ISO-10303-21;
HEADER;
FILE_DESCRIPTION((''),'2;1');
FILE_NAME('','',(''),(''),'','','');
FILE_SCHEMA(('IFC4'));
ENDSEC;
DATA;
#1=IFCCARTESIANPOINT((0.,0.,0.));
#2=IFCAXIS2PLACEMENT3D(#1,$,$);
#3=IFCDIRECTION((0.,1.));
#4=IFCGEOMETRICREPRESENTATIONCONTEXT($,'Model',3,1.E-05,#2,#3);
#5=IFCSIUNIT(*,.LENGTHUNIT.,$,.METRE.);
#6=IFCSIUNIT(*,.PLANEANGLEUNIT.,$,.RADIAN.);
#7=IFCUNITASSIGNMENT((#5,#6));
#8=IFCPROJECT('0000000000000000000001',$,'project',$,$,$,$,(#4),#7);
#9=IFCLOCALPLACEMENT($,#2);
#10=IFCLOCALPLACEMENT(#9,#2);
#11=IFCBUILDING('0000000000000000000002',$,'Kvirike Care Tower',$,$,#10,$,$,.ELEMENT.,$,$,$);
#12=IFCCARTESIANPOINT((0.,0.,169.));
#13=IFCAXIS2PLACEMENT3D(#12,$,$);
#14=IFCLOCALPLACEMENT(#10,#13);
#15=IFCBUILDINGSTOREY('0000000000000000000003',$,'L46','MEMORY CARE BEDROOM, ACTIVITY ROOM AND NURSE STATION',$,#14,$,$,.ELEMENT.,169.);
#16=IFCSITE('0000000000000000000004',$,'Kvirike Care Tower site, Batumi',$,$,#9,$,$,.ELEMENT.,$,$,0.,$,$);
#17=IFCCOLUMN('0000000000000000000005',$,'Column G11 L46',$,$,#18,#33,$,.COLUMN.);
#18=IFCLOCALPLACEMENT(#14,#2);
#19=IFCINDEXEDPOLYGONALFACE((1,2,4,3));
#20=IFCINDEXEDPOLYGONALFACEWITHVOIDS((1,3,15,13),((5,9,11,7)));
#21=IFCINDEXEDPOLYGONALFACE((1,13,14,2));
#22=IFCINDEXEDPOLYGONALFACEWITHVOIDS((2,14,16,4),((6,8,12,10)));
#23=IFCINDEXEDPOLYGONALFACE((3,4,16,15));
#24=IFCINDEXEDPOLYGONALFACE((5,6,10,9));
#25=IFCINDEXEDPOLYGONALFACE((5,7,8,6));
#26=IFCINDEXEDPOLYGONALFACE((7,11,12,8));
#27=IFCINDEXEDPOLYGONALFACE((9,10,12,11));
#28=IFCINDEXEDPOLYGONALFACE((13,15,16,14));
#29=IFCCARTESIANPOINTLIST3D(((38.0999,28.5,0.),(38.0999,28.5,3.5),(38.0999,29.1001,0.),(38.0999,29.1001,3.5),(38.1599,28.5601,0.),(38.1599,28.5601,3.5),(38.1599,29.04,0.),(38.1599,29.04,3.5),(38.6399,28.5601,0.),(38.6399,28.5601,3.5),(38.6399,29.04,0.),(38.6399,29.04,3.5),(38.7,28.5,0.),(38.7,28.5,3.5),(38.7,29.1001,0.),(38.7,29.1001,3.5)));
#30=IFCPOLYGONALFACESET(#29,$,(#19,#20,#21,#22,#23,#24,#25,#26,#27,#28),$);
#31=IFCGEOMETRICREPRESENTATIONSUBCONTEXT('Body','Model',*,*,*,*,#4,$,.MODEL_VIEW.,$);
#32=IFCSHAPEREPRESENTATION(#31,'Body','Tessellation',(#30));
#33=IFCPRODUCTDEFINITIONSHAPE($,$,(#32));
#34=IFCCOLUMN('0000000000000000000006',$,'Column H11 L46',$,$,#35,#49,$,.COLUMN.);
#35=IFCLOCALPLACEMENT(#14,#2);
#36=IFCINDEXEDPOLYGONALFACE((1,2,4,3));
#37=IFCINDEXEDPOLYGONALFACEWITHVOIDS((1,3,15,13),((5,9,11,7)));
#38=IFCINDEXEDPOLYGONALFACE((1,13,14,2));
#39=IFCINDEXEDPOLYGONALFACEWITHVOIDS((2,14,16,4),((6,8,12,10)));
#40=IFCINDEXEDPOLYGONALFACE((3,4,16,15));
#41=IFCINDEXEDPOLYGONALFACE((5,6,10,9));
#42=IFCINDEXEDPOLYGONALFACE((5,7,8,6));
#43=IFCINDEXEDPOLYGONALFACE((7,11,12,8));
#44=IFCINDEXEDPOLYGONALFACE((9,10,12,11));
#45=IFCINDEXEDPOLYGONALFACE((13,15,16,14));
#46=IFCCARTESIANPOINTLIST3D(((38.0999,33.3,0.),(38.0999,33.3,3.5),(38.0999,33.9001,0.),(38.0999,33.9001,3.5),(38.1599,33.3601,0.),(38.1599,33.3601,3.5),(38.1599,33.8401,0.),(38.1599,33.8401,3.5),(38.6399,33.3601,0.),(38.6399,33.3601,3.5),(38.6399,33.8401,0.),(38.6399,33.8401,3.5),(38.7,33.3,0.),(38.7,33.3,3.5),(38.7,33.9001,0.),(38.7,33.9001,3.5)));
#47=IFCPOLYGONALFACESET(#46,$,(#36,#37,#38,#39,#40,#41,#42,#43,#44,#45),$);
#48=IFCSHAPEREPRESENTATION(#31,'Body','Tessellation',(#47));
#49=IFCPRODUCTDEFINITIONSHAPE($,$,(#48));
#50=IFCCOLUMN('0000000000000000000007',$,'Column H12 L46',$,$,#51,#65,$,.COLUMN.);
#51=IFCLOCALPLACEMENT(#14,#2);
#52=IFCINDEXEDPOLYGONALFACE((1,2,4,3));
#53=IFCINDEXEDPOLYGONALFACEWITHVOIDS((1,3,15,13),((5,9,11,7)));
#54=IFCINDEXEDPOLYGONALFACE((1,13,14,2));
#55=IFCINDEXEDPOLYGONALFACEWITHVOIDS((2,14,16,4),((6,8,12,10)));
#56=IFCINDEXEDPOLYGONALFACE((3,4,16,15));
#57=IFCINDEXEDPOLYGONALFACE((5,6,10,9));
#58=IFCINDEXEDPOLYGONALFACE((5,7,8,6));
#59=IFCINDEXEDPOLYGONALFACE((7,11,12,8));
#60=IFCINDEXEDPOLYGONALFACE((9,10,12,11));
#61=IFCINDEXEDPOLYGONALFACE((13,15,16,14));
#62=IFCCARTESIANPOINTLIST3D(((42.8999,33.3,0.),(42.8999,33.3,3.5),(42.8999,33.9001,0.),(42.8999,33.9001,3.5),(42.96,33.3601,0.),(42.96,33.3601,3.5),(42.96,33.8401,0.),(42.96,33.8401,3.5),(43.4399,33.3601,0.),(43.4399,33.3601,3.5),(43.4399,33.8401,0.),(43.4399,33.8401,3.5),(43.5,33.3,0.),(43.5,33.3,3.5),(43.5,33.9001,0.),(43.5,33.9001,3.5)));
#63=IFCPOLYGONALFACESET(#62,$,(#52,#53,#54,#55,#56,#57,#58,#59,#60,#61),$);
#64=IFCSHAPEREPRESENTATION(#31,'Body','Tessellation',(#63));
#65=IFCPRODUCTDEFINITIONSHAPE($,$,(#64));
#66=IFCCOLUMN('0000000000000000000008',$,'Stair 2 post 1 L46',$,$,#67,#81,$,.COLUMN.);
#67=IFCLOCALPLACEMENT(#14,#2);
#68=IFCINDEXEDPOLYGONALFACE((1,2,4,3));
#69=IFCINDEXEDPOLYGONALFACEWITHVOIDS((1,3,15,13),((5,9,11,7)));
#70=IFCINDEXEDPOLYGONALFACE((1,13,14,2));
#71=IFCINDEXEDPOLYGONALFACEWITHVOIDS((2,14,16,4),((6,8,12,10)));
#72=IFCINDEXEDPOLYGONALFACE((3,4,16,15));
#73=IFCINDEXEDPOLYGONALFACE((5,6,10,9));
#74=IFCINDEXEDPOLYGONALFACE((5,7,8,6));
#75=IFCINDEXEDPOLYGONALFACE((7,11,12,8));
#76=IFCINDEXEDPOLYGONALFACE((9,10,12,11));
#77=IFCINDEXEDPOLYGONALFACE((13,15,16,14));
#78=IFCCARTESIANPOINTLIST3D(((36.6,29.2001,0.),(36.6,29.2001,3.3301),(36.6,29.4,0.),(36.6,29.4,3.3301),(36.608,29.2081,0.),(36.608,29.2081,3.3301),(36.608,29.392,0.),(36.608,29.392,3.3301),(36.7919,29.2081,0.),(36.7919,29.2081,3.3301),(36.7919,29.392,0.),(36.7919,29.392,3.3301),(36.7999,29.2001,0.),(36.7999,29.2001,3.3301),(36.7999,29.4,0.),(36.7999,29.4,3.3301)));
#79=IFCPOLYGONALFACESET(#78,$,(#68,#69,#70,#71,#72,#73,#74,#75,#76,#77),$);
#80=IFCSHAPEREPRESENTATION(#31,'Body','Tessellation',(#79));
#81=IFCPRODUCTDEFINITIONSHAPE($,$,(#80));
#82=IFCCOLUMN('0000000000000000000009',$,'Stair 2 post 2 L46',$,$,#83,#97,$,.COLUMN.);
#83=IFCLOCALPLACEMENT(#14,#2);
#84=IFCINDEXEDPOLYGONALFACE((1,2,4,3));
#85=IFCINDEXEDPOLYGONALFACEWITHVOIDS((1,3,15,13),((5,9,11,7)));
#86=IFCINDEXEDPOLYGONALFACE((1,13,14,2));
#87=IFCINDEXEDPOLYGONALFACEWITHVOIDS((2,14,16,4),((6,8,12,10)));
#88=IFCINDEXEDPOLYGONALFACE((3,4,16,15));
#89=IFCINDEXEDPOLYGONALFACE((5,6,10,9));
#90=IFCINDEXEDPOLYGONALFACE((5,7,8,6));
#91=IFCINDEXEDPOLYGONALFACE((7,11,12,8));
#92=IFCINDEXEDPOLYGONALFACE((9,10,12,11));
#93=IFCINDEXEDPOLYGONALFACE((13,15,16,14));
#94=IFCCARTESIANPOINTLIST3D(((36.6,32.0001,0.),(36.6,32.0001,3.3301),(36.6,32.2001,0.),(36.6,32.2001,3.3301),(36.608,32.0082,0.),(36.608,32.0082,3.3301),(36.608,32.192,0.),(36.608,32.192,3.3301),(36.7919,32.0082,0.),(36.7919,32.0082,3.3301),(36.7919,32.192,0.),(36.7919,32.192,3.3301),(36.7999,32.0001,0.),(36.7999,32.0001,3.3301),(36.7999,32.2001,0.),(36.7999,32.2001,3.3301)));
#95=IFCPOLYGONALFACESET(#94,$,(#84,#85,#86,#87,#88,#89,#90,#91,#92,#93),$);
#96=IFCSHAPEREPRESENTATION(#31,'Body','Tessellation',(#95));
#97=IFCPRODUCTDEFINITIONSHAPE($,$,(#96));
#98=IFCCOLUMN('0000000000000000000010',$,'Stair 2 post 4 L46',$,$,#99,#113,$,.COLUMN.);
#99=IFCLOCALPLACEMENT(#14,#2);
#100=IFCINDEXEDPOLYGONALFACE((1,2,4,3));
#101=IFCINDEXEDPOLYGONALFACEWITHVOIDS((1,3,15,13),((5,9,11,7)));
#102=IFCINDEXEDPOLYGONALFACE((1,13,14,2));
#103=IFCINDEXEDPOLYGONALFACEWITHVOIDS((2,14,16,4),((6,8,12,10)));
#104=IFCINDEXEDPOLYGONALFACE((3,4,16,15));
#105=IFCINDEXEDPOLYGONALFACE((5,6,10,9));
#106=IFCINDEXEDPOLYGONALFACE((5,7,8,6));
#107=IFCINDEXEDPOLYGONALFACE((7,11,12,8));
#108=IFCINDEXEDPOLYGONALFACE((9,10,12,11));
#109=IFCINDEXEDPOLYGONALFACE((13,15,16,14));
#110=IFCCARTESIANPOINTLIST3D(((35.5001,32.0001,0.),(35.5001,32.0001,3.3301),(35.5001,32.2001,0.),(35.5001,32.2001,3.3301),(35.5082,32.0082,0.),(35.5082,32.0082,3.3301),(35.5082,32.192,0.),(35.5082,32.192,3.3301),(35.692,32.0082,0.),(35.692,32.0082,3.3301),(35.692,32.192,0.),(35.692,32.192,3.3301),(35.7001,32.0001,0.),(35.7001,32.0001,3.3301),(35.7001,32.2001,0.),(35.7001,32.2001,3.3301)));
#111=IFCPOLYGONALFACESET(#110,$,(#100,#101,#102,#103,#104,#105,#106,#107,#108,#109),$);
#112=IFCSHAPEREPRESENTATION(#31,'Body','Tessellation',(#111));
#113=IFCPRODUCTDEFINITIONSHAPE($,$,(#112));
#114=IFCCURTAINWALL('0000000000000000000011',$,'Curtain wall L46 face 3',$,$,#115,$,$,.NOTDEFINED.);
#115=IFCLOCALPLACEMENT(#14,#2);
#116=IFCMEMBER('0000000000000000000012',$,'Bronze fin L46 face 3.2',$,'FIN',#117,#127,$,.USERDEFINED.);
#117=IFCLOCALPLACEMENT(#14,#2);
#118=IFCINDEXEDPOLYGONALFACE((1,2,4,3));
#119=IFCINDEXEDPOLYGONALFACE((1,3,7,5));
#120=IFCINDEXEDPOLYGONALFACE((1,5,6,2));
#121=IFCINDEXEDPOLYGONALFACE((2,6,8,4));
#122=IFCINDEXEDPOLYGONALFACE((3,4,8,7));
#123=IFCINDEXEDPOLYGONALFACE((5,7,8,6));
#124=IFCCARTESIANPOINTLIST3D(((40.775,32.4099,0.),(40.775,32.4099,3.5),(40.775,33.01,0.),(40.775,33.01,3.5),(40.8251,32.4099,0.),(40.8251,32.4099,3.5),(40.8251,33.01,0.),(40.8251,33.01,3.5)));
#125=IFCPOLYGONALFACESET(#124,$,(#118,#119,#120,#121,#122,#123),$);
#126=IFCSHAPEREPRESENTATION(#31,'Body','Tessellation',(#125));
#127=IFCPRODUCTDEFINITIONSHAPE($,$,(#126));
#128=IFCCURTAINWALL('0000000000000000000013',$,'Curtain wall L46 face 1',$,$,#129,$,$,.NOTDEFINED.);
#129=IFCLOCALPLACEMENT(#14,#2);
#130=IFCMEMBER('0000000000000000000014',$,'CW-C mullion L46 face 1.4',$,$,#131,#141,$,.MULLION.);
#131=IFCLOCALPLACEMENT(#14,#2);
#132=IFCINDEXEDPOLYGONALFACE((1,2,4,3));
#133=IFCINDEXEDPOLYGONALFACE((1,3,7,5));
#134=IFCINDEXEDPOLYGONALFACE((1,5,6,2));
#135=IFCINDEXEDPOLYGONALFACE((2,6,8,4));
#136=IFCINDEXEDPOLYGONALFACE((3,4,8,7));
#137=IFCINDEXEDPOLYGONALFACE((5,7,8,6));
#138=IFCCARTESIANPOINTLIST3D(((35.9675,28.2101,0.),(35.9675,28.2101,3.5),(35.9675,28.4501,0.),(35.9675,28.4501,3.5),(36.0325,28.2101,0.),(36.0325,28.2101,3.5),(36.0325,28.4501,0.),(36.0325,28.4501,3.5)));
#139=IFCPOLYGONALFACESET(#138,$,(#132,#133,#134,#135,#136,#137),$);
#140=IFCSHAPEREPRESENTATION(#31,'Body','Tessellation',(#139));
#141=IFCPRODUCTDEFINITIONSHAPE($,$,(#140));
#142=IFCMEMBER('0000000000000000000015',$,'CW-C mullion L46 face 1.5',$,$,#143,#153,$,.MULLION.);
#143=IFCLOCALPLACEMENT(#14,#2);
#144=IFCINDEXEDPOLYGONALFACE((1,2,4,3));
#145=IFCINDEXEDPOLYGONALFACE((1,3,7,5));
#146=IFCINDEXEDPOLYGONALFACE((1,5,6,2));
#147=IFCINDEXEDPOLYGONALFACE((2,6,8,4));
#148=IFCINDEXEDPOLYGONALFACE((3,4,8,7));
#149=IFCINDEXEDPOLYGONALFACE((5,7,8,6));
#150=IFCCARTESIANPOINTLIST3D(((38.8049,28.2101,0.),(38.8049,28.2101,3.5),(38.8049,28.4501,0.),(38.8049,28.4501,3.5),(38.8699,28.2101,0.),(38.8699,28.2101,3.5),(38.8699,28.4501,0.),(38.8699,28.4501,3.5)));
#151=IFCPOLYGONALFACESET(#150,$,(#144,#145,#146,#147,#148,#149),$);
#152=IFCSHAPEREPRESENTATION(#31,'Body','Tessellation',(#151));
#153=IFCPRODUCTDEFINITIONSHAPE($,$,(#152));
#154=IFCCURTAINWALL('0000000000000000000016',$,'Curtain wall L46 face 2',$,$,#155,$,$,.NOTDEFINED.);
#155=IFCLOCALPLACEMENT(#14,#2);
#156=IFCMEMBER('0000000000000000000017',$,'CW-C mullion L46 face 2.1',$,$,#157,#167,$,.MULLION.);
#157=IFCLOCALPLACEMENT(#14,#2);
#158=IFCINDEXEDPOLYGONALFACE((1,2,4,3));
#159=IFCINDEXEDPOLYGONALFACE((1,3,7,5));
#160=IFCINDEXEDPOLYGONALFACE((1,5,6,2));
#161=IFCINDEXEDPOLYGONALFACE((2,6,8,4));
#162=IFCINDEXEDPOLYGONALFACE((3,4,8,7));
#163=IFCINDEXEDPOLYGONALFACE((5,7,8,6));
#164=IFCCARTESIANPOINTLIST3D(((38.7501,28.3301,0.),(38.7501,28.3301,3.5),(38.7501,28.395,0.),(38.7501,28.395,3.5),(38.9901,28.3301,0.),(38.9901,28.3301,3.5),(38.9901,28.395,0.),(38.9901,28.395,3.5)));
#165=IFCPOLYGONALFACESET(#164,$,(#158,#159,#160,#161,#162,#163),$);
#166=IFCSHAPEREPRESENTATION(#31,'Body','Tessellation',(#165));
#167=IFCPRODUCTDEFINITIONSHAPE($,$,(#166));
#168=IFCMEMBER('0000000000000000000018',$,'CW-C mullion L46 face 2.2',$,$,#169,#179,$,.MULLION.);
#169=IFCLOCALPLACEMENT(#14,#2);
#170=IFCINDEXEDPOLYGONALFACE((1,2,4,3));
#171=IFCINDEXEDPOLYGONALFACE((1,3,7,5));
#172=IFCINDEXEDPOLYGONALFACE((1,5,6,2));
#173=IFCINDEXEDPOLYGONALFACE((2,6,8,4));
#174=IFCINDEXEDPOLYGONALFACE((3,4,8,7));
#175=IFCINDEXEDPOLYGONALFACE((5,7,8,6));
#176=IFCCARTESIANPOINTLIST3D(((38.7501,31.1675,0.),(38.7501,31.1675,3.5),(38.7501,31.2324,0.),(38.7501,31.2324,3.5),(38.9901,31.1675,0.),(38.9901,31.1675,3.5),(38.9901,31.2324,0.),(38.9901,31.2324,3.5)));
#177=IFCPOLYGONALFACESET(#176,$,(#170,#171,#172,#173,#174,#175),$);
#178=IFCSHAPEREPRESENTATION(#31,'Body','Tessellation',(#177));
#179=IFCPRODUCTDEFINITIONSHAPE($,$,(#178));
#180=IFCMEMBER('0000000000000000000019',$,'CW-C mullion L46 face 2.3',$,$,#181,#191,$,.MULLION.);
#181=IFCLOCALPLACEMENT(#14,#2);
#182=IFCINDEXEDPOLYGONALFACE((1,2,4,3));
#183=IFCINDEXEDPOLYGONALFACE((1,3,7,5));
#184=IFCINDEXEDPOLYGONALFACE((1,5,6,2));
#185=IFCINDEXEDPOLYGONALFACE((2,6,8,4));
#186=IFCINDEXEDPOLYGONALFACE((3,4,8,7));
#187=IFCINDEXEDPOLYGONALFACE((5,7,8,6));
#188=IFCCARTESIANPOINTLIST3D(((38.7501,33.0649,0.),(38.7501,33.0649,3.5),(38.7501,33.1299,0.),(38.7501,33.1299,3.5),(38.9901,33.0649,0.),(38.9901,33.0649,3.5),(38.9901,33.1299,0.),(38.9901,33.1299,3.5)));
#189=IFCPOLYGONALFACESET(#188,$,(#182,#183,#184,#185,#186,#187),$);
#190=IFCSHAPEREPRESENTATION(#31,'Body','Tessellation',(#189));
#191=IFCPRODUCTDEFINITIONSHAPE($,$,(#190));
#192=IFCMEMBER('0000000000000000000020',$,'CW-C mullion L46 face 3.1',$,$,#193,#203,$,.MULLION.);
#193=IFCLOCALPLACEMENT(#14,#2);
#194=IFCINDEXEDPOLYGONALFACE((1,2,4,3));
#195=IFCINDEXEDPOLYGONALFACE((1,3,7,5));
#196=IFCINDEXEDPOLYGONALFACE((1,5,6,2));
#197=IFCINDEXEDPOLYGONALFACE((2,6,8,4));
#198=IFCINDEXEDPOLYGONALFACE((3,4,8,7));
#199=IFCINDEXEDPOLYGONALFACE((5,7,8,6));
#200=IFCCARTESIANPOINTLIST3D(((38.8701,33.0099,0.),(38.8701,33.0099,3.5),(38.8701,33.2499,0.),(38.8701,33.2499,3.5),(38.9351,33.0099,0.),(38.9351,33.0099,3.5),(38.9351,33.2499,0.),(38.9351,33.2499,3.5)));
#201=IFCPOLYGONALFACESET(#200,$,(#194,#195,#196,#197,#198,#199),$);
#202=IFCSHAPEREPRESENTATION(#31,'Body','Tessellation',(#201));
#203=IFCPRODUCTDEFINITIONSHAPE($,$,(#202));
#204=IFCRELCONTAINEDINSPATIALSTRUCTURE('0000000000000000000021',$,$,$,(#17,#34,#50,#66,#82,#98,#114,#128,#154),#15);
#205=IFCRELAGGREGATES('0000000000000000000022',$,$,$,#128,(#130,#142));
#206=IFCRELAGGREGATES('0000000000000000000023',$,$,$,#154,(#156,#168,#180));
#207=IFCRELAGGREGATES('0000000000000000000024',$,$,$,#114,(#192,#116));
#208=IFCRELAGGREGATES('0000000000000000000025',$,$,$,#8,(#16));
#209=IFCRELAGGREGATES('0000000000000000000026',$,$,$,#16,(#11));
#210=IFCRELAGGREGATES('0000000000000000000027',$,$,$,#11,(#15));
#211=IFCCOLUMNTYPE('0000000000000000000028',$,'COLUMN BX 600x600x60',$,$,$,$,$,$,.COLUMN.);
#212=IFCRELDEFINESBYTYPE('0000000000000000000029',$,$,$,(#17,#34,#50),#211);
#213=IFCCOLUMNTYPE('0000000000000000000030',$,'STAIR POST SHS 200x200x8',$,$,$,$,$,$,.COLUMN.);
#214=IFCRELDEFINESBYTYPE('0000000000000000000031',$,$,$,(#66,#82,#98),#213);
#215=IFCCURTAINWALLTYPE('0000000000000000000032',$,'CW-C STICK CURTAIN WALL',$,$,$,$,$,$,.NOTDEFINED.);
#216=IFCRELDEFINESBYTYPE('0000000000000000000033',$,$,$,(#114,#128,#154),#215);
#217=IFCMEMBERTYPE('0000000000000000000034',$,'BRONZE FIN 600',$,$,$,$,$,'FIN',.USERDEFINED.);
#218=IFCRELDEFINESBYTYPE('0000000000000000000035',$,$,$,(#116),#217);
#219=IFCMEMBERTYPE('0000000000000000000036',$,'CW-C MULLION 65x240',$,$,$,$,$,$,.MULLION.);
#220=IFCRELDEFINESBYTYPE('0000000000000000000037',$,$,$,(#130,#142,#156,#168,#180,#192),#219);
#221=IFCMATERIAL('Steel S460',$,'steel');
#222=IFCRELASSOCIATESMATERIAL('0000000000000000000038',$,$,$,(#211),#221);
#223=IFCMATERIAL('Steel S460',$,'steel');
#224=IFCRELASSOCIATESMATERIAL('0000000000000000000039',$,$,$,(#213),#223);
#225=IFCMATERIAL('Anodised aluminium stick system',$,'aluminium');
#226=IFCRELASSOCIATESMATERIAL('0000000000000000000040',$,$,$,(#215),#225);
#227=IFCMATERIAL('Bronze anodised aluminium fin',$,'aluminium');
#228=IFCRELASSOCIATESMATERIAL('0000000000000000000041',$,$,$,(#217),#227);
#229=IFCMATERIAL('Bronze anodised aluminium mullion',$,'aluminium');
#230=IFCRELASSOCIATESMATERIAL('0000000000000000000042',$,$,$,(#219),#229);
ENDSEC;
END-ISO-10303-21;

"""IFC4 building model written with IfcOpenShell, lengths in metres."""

from ifc_helpers import new_model, si_unit, direction, frame, origin, origin_2d, place, context, subcontext, project, spatial, rectangle, hollow_rectangle, extrude, material, material_profile, profile_set, type_object, element, aggregate, save


model = new_model("IFC4")

# Units and contexts
model_context = context("Model", 3, precision=1e-05, world=origin(), true_north=direction((0.0, 1.0)))
body_context = subcontext(model_context, "Body", "Model", "MODEL_VIEW")
ifc_project = project(units=[si_unit("LENGTHUNIT", "METRE"), si_unit("PLANEANGLEUNIT", "RADIAN")], contexts=[model_context])

# Site, building, storey
site_placement = place(None, origin())
site = spatial("IfcSite", under=ifc_project, at=site_placement, Name="Kvirike Care Tower site, Batumi", CompositionType="ELEMENT", RefElevation=0.0)
building_placement = place(site_placement, origin())
building = spatial("IfcBuilding", under=site, at=building_placement, Name="Kvirike Care Tower", CompositionType="ELEMENT")
storey_placement = place(building_placement, frame((0.0, 0.0, 169.0)))
storey = spatial("IfcBuildingStorey", under=building, at=storey_placement, Name="L46", Description="MEMORY CARE BEDROOM, ACTIVITY ROOM AND NURSE STATION", CompositionType="ELEMENT", Elevation=169.0)

# Columns
ifc_material_1 = material(Name="Steel S460", Category="steel")
ifc_material_profile_1 = material_profile(ifc_material_1, hollow_rectangle(XDim=0.6001, YDim=0.6001, WallThickness=0.0601, at=origin_2d()), Name="BX 600x600x60")
ifc_profile_set_1 = profile_set([ifc_material_profile_1], Name="Steel S460")
column_type_1 = type_object("IfcColumnType", Name="COLUMN BX 600x600x60", PredefinedType="COLUMN", material=ifc_profile_set_1)
for number, where, z_axis, x_axis, name in (
    (1, (38.3999, 28.8, 0.0), (0.0, 0.0, 1.0), (0.0, 1.0, 0.0), "Column G11 L46"),
    (2, (38.3999, 33.6001, 0.0), (0.0, 0.0, 1.0), (0.0, 1.0, 0.0), "Column H11 L46"),
    (3, (43.2, 33.6001, 0.0), (0.0, 0.0, 1.0), (0.0, 1.0, 0.0), "Column H12 L46"),
):
    element("IfcColumn", number, at=place(storey_placement, frame(where, z_axis=z_axis, x_axis=x_axis)), inside=storey, type_object=column_type_1, Name=name, PredefinedType="COLUMN", context=body_context, shape_type="SweptSolid", body=[
        extrude(hollow_rectangle(XDim=0.6001, YDim=0.6001, WallThickness=0.0601, at=origin_2d()), origin(), (0.0, 0.0, 1.0), 3.5),
    ])
ifc_material_2 = material(Name="Steel S460", Category="steel")
ifc_material_profile_2 = material_profile(ifc_material_2, hollow_rectangle(XDim=0.2, YDim=0.2, WallThickness=0.0081, at=origin_2d()), Name="SHS 200x200x8")
ifc_profile_set_2 = profile_set([ifc_material_profile_2], Name="Steel S460")
column_type_2 = type_object("IfcColumnType", Name="STAIR POST SHS 200x200x8", PredefinedType="COLUMN", material=ifc_profile_set_2)
for number, where, z_axis, x_axis, name in (
    (4, (36.7, 29.3, 0.0), (0.0, 0.0, 1.0), (1.0, 0.0, 0.0), "Stair 2 post 1 L46"),
    (5, (36.7, 32.1001, 0.0), (0.0, 0.0, 1.0), (1.0, 0.0, 0.0), "Stair 2 post 2 L46"),
    (6, (35.6001, 32.1001, 0.0), (0.0, 0.0, 1.0), (1.0, 0.0, 0.0), "Stair 2 post 4 L46"),
):
    element("IfcColumn", number, at=place(storey_placement, frame(where, z_axis=z_axis, x_axis=x_axis)), inside=storey, type_object=column_type_2, Name=name, PredefinedType="COLUMN", context=body_context, shape_type="SweptSolid", body=[
        extrude(hollow_rectangle(XDim=0.2, YDim=0.2, WallThickness=0.0081, at=origin_2d()), origin(), (0.0, 0.0, 1.0), 3.3301),
    ])

# Curtain wall, member
ifc_material_3 = material(Name="Anodised aluminium stick system", Category="aluminium")
curtain_wall_type = type_object("IfcCurtainWallType", Name="CW-C STICK CURTAIN WALL", PredefinedType="NOTDEFINED", material=ifc_material_3)
curtain_wall_1_placement = place(storey_placement, origin())
curtain_wall_1 = element("IfcCurtainWall", 7, at=curtain_wall_1_placement, inside=storey, type_object=curtain_wall_type, Name="Curtain wall L46 face 3", PredefinedType="NOTDEFINED")
ifc_material_4 = material(Name="Bronze anodised aluminium fin", Category="aluminium")
ifc_material_profile_3 = material_profile(ifc_material_4, rectangle(XDim=0.05, YDim=0.6001, at=origin_2d()), Name="BRONZE FIN 600")
ifc_profile_set_3 = profile_set([ifc_material_profile_3], Name="Bronze anodised aluminium fin")
member_type_1 = type_object("IfcMemberType", Name="BRONZE FIN 600", ElementType="FIN", PredefinedType="USERDEFINED", material=ifc_profile_set_3)
member_1_placement = place(storey_placement, frame((40.8, 32.71, 0.0), z_axis=(0.0, 0.0, 1.0), x_axis=(1.0, 0.0, 0.0)))
member_1 = element("IfcMember", 8, at=member_1_placement, type_object=member_type_1, Name="Bronze fin L46 face 3.2", ObjectType="FIN", PredefinedType="USERDEFINED", context=body_context, shape_type="SweptSolid", body=[
    extrude(rectangle(XDim=0.05, YDim=0.6001, at=origin_2d()), origin(), (0.0, 0.0, 1.0), 3.5),
])

# Curtain walls, members
curtain_wall_2_placement = place(storey_placement, origin())
curtain_wall_2 = element("IfcCurtainWall", 9, at=curtain_wall_2_placement, inside=storey, type_object=curtain_wall_type, Name="Curtain wall L46 face 1", PredefinedType="NOTDEFINED")
ifc_material_5 = material(Name="Bronze anodised aluminium mullion", Category="aluminium")
ifc_material_profile_4 = material_profile(ifc_material_5, rectangle(XDim=0.0649, YDim=0.24, at=origin_2d()), Name="CW-C MULLION 65x240")
ifc_profile_set_4 = profile_set([ifc_material_profile_4], Name="Bronze anodised aluminium mullion")
member_type_2 = type_object("IfcMemberType", Name="CW-C MULLION 65x240", PredefinedType="MULLION", material=ifc_profile_set_4)
member_2_placement = place(storey_placement, frame((36.0, 28.3301, 0.0), z_axis=(0.0, 0.0, 1.0), x_axis=(1.0, 0.0, 0.0)))
member_2 = element("IfcMember", 10, at=member_2_placement, type_object=member_type_2, Name="CW-C mullion L46 face 1.4", PredefinedType="MULLION", context=body_context, shape_type="SweptSolid", body=[
    extrude(rectangle(XDim=0.0649, YDim=0.24, at=origin_2d()), origin(), (0.0, 0.0, 1.0), 3.5),
])
member_3_placement = place(storey_placement, frame((38.8374, 28.3301, 0.0), z_axis=(0.0, 0.0, 1.0), x_axis=(1.0, 0.0, 0.0)))
member_3 = element("IfcMember", 11, at=member_3_placement, type_object=member_type_2, Name="CW-C mullion L46 face 1.5", PredefinedType="MULLION", context=body_context, shape_type="SweptSolid", body=[
    extrude(rectangle(XDim=0.0649, YDim=0.24, at=origin_2d()), origin(), (0.0, 0.0, 1.0), 3.5),
])
curtain_wall_3_placement = place(storey_placement, origin())
curtain_wall_3 = element("IfcCurtainWall", 12, at=curtain_wall_3_placement, inside=storey, type_object=curtain_wall_type, Name="Curtain wall L46 face 2", PredefinedType="NOTDEFINED")
member_4_placement = place(storey_placement, frame((38.8701, 28.3625, 0.0), z_axis=(0.0, 0.0, 1.0), x_axis=(0.0, 1.0, 0.0)))
member_4 = element("IfcMember", 13, at=member_4_placement, type_object=member_type_2, Name="CW-C mullion L46 face 2.1", PredefinedType="MULLION", context=body_context, shape_type="SweptSolid", body=[
    extrude(rectangle(XDim=0.0649, YDim=0.24, at=origin_2d()), origin(), (0.0, 0.0, 1.0), 3.5),
])
member_5_placement = place(storey_placement, frame((38.8701, 31.2, 0.0), z_axis=(0.0, 0.0, 1.0), x_axis=(0.0, 1.0, 0.0)))
member_5 = element("IfcMember", 14, at=member_5_placement, type_object=member_type_2, Name="CW-C mullion L46 face 2.2", PredefinedType="MULLION", context=body_context, shape_type="SweptSolid", body=[
    extrude(rectangle(XDim=0.0649, YDim=0.24, at=origin_2d()), origin(), (0.0, 0.0, 1.0), 3.5),
])
member_6_placement = place(storey_placement, frame((38.8701, 33.0974, 0.0), z_axis=(0.0, 0.0, 1.0), x_axis=(0.0, 1.0, 0.0)))
member_6 = element("IfcMember", 15, at=member_6_placement, type_object=member_type_2, Name="CW-C mullion L46 face 2.3", PredefinedType="MULLION", context=body_context, shape_type="SweptSolid", body=[
    extrude(rectangle(XDim=0.0649, YDim=0.24, at=origin_2d()), origin(), (0.0, 0.0, 1.0), 3.5),
])

# Member
member_7_placement = place(storey_placement, frame((38.9026, 33.1299, 0.0), z_axis=(0.0, 0.0, 1.0), x_axis=(1.0, 0.0, 0.0)))
member_7 = element("IfcMember", 16, at=member_7_placement, type_object=member_type_2, Name="CW-C mullion L46 face 3.1", PredefinedType="MULLION", context=body_context, shape_type="SweptSolid", body=[
    extrude(rectangle(XDim=0.0649, YDim=0.24, at=origin_2d()), origin(), (0.0, 0.0, 1.0), 3.5),
])

aggregate(curtain_wall_2, [member_2, member_3])
aggregate(curtain_wall_3, [member_4, member_5, member_6])
aggregate(curtain_wall_1, [member_7, member_1])

save(model, "model.ifc")
